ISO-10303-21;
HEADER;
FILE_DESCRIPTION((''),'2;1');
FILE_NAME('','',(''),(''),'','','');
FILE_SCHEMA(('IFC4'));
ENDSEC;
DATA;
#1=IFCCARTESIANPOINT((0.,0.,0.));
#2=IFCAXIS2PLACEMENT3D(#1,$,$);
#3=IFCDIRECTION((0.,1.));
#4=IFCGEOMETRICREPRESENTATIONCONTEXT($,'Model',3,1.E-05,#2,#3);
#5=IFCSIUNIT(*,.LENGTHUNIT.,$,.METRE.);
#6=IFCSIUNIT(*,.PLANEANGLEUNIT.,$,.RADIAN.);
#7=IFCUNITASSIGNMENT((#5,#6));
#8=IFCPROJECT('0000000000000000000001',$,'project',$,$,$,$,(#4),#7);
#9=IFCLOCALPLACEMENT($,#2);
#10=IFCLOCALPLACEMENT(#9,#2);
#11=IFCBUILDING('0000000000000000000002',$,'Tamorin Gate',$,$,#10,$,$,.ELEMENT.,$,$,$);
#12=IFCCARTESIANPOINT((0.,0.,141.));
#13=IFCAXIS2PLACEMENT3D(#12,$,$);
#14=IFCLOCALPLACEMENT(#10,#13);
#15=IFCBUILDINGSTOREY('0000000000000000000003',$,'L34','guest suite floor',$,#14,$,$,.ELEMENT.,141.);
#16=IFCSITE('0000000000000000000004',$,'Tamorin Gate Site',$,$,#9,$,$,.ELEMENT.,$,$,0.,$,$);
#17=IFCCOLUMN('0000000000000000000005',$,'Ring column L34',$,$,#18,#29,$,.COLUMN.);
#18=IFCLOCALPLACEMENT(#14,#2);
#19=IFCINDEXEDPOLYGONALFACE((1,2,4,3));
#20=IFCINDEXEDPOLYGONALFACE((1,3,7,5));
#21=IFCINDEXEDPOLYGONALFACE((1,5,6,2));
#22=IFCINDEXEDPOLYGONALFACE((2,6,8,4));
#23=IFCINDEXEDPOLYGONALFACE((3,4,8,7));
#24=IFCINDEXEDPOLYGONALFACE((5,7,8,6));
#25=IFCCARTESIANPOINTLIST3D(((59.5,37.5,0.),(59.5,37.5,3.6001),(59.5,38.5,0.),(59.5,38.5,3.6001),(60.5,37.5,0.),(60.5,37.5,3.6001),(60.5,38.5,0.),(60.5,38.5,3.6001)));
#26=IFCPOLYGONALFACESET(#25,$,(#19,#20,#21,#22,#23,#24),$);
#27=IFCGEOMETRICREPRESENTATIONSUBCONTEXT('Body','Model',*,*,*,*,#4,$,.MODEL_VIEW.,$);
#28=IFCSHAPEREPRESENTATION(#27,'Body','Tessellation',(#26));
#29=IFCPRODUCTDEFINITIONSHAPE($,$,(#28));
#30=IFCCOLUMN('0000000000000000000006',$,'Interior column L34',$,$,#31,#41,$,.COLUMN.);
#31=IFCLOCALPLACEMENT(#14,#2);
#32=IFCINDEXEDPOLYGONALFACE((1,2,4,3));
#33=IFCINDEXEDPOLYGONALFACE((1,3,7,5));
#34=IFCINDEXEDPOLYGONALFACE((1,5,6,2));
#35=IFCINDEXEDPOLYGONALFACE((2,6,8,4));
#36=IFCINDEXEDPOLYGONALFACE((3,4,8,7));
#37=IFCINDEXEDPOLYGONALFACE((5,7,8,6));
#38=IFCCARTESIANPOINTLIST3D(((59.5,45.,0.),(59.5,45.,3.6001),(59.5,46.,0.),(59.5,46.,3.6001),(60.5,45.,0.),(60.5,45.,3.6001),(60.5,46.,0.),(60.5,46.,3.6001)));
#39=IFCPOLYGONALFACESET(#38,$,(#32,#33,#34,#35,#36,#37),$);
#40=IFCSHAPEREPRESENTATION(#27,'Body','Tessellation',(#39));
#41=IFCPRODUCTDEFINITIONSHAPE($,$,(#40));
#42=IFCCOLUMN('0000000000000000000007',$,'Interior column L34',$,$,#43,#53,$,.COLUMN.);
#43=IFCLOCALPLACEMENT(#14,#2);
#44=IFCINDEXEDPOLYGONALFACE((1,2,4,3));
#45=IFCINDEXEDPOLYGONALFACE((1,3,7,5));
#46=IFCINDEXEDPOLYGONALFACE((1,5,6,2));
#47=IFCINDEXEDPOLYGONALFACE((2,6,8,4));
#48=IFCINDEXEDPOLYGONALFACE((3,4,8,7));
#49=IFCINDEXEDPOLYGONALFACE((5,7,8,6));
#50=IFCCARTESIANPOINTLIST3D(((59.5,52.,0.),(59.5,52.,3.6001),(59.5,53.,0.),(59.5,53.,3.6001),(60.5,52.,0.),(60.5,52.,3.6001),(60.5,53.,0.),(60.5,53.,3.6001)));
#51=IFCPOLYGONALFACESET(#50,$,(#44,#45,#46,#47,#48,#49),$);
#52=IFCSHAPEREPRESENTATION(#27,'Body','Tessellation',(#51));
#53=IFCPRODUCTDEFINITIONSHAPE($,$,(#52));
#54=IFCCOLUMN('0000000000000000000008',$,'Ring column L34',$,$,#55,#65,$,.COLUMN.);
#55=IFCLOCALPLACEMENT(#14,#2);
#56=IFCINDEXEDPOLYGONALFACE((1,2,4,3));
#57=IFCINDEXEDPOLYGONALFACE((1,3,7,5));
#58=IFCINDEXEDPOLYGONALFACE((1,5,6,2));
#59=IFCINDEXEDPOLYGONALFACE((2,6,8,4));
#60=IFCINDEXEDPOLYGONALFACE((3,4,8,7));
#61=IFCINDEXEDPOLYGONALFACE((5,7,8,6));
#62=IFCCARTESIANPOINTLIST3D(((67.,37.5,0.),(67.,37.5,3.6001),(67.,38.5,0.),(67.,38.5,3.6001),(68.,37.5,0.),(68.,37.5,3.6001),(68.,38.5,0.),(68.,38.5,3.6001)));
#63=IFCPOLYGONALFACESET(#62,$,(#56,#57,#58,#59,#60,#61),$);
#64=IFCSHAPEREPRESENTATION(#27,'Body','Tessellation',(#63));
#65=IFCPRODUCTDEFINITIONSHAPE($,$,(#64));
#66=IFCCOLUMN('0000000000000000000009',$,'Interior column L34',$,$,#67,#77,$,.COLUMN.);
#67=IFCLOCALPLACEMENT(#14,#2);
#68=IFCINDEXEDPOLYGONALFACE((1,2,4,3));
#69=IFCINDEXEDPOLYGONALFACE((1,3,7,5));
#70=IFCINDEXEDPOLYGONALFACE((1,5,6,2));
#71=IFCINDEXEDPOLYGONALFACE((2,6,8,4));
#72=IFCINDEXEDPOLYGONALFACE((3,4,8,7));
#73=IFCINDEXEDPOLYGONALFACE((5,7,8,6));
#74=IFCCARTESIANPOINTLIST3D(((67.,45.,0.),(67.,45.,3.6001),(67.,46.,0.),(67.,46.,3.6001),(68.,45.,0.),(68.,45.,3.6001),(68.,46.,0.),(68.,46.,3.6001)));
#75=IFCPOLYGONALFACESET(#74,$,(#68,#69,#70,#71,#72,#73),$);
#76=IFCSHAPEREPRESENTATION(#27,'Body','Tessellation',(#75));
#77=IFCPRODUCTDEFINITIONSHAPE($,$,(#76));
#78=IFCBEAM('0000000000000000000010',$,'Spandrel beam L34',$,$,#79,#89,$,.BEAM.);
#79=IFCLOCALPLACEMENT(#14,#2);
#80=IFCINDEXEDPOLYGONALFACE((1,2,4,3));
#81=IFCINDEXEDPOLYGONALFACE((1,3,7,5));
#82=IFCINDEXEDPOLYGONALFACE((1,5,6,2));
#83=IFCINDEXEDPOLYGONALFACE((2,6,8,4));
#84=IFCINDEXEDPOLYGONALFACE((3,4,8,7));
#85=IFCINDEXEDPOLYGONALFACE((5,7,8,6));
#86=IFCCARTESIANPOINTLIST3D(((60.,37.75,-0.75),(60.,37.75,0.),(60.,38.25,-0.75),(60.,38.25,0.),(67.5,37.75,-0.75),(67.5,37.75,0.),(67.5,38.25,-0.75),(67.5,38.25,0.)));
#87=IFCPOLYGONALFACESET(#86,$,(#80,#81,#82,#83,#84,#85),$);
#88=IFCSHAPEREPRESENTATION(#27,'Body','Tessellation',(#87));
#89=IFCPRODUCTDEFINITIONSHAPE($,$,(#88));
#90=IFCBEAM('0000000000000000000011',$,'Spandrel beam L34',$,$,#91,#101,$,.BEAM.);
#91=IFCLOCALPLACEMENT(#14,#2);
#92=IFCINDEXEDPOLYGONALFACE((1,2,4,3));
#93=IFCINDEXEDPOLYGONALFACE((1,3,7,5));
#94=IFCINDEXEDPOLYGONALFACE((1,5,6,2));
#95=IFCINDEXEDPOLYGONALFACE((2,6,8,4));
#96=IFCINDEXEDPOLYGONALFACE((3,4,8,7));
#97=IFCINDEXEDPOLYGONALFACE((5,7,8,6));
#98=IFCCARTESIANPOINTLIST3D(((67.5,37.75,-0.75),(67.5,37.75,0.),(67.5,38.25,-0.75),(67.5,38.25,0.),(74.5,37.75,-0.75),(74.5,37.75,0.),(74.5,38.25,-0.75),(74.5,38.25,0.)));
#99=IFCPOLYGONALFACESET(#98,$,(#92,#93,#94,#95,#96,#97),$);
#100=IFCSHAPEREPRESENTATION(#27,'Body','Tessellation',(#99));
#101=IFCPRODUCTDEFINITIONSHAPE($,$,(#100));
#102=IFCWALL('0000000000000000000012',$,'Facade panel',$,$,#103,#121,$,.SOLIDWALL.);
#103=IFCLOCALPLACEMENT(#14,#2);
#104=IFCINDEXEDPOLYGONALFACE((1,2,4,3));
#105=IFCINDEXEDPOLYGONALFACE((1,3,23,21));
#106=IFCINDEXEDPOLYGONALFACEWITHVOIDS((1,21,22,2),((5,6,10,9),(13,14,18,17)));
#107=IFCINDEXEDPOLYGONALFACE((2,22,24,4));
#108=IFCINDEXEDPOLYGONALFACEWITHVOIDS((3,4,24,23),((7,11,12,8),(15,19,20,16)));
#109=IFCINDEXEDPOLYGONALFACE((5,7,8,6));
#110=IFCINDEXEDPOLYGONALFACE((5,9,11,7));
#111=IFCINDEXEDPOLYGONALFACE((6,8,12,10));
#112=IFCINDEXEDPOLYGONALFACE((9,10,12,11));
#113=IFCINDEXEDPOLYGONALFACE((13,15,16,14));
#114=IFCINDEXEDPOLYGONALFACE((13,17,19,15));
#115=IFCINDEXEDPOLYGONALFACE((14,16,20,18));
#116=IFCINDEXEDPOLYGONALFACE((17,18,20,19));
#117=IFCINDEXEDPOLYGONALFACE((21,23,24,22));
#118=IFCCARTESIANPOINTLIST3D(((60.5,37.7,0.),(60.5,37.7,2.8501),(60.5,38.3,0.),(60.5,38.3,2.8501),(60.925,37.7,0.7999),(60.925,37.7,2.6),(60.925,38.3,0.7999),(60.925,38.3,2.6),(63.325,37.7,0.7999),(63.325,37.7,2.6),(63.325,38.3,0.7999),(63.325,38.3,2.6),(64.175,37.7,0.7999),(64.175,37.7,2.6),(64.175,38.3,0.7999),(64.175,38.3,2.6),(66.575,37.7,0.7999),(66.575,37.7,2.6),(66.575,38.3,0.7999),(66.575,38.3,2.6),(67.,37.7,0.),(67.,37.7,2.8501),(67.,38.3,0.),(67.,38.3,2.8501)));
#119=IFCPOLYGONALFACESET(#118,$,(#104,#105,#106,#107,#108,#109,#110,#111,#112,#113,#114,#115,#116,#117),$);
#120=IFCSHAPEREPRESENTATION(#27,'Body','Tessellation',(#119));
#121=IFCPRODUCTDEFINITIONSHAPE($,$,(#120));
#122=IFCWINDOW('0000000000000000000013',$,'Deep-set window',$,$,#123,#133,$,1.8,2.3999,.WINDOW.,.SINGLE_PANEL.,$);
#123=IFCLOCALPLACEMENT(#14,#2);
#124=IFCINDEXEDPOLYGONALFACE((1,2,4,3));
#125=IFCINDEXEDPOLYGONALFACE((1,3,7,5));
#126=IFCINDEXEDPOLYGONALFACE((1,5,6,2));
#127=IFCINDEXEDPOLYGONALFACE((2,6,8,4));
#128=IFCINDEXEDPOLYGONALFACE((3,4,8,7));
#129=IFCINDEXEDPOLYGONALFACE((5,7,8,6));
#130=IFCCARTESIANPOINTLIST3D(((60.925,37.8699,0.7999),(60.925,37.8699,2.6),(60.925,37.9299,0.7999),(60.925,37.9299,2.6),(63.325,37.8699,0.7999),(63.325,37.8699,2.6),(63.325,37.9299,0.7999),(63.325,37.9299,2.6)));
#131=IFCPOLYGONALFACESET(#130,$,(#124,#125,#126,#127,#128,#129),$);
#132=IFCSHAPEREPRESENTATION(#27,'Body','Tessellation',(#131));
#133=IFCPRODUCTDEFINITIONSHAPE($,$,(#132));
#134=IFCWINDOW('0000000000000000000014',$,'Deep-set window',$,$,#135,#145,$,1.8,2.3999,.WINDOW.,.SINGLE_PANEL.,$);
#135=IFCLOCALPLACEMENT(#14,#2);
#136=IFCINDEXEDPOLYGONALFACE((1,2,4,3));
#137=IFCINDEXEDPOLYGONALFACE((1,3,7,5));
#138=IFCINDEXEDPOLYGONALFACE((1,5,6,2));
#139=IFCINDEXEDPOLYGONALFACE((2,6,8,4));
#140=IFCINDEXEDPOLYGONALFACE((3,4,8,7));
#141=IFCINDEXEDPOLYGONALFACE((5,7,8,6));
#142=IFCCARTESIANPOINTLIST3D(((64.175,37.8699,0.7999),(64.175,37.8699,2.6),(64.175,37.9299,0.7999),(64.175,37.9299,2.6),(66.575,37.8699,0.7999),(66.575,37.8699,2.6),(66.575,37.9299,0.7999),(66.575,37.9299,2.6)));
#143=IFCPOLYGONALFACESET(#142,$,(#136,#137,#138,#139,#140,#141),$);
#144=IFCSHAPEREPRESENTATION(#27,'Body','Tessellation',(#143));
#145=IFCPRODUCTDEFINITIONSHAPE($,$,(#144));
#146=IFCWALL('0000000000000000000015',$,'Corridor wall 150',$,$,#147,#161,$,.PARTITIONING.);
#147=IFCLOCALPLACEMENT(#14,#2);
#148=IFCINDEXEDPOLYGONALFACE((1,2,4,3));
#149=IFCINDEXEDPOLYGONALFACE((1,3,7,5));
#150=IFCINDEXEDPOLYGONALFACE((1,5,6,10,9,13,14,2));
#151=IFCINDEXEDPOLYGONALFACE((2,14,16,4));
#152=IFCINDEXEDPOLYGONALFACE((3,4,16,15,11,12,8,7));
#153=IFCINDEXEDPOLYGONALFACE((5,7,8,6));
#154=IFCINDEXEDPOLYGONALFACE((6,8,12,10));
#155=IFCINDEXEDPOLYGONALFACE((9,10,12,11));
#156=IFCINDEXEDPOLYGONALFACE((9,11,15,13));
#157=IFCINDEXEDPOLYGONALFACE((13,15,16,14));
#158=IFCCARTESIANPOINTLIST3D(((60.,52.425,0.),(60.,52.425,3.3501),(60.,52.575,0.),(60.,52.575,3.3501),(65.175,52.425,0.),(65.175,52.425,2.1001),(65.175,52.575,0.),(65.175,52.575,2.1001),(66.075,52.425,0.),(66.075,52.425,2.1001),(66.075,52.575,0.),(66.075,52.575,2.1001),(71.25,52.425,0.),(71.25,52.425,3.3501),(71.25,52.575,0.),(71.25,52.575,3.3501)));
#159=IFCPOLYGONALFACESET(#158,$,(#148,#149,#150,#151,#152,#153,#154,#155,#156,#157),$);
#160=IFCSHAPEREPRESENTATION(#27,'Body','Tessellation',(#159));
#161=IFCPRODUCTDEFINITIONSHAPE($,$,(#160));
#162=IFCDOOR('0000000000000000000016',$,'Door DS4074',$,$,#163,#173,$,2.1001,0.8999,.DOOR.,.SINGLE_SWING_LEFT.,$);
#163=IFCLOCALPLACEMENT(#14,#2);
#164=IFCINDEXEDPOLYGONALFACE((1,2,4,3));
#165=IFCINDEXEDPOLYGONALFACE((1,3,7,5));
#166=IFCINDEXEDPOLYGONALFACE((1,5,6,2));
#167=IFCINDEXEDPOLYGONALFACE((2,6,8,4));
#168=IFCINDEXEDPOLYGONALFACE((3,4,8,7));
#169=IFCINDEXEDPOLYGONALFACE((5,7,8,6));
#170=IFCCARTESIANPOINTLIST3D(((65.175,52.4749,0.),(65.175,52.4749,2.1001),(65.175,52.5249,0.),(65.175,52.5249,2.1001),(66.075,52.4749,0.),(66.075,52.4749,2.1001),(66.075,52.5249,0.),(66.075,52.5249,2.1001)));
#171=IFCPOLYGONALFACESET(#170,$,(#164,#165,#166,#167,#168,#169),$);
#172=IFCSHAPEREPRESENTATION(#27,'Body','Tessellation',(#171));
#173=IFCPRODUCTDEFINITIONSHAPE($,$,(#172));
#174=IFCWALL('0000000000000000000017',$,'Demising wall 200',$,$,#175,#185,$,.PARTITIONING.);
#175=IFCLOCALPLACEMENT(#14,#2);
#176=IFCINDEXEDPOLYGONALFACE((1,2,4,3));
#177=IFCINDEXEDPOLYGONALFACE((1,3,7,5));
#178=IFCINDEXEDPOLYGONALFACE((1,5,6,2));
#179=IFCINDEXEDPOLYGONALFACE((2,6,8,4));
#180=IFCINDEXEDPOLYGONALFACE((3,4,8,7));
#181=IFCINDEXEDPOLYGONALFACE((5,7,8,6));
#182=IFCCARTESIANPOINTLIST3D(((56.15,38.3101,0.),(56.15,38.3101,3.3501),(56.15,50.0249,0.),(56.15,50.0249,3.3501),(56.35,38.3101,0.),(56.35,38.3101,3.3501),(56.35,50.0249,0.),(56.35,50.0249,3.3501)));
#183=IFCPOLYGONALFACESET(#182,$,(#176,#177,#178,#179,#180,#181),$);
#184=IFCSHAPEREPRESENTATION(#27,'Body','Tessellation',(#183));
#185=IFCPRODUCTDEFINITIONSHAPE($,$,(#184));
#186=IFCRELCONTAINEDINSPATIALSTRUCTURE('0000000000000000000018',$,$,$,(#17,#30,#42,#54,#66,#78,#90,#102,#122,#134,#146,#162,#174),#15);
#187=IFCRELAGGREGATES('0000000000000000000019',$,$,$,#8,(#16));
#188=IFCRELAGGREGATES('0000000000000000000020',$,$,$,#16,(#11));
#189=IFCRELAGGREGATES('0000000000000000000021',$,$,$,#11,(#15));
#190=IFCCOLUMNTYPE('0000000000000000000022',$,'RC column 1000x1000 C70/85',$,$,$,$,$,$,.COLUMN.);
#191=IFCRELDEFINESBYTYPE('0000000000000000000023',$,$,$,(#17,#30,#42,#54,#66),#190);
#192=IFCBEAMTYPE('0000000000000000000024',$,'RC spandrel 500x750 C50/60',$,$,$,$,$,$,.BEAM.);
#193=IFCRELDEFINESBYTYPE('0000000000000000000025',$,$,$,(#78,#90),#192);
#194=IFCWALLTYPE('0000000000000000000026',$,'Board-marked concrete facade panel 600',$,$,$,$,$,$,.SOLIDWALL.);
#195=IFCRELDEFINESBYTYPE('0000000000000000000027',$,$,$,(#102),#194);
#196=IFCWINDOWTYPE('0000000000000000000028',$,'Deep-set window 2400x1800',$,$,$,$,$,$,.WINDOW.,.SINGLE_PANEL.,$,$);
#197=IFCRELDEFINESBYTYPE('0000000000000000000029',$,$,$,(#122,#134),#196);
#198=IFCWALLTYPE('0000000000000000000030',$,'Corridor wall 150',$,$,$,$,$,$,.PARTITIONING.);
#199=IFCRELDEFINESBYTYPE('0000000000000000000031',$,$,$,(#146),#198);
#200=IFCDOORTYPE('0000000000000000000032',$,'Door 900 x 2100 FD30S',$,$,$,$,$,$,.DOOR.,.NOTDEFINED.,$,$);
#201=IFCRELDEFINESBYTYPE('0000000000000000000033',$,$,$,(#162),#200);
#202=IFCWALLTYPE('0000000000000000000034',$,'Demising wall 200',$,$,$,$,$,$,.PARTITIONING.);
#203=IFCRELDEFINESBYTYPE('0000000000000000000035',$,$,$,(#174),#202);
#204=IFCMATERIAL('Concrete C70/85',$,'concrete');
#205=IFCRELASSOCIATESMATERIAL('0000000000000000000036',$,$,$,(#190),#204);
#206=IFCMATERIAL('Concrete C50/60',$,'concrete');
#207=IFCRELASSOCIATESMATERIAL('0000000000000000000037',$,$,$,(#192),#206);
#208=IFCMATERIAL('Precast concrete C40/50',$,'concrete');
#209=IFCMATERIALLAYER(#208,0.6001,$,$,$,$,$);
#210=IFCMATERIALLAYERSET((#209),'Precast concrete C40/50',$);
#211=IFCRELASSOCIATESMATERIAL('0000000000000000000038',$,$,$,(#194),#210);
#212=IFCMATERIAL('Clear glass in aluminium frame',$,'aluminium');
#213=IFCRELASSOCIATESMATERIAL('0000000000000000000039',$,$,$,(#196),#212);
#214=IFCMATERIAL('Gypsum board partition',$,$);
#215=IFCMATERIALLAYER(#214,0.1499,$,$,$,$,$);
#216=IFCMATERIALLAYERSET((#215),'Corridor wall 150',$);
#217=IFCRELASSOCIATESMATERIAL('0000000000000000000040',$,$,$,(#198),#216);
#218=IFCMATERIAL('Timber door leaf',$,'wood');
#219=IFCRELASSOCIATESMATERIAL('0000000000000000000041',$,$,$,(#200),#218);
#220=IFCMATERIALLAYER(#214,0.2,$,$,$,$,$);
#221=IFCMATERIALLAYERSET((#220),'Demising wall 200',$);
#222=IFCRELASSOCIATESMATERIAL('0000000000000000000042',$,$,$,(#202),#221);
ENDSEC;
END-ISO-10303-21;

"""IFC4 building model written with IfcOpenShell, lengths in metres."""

from ifc_helpers import new_model, si_unit, direction, frame, frame_2d, origin, origin_2d, place, context, subcontext, project, spatial, rectangle, extrude, material, layer, layer_set, material_profile, profile_set, type_object, element, fill, save


model = new_model("IFC4")

# Units and contexts
model_context = context("Model", 3, precision=1e-05, world=origin(), true_north=direction((0.0, 1.0)))
body_context = subcontext(model_context, "Body", "Model", "MODEL_VIEW")
ifc_project = project(units=[si_unit("LENGTHUNIT", "METRE"), si_unit("PLANEANGLEUNIT", "RADIAN")], contexts=[model_context])

# Site, building, storey
site_placement = place(None, origin())
site = spatial("IfcSite", under=ifc_project, at=site_placement, Name="Tamorin Gate Site", CompositionType="ELEMENT", RefElevation=0.0)
building_placement = place(site_placement, origin())
building = spatial("IfcBuilding", under=site, at=building_placement, Name="Tamorin Gate", CompositionType="ELEMENT")
storey_placement = place(building_placement, frame((0.0, 0.0, 141.0)))
storey = spatial("IfcBuildingStorey", under=building, at=storey_placement, Name="L34", Description="guest suite floor", CompositionType="ELEMENT", Elevation=141.0)

# Columns
ifc_material_1 = material(Name="Concrete C70/85", Category="concrete")
ifc_material_profile_1 = material_profile(ifc_material_1, rectangle(XDim=1.0, YDim=1.0, at=origin_2d()), Name="RC 1000x1000")
ifc_profile_set_1 = profile_set([ifc_material_profile_1], Name="Concrete C70/85")
column_type = type_object("IfcColumnType", Name="RC column 1000x1000 C70/85", PredefinedType="COLUMN", material=ifc_profile_set_1)
for number, where, z_axis, x_axis, name in (
    (1, (60.0, 38.0, 0.0), (0.0, 0.0, 1.0), (1.0, 0.0, 0.0), "Ring column L34"),
    (2, (60.0, 45.5, 0.0), (0.0, 0.0, 1.0), (1.0, 0.0, 0.0), "Interior column L34"),
    (3, (60.0, 52.5, 0.0), (0.0, 0.0, 1.0), (1.0, 0.0, 0.0), "Interior column L34"),
    (4, (67.5, 38.0, 0.0), (0.0, 0.0, 1.0), (1.0, 0.0, 0.0), "Ring column L34"),
    (5, (67.5, 45.5, 0.0), (0.0, 0.0, 1.0), (1.0, 0.0, 0.0), "Interior column L34"),
):
    element("IfcColumn", number, at=place(storey_placement, frame(where, z_axis=z_axis, x_axis=x_axis)), inside=storey, type_object=column_type, Name=name, PredefinedType="COLUMN", context=body_context, shape_type="SweptSolid", body=[
        extrude(rectangle(XDim=1.0, YDim=1.0, at=origin_2d()), origin(), (0.0, 0.0, 1.0), 3.6001),
    ])

# Beams
ifc_material_2 = material(Name="Concrete C50/60", Category="concrete")
ifc_material_profile_2 = material_profile(ifc_material_2, rectangle(XDim=0.5, YDim=0.75, at=origin_2d()), Name="RC 500x750")
ifc_profile_set_2 = profile_set([ifc_material_profile_2], Name="Concrete C50/60")
beam_type = type_object("IfcBeamType", Name="RC spandrel 500x750 C50/60", PredefinedType="BEAM", material=ifc_profile_set_2)
beam_1_placement = place(storey_placement, frame((60.0, 38.0, -0.375), z_axis=(1.0, 0.0, 0.0), x_axis=(0.0, 1.0, 0.0)))
element("IfcBeam", 6, at=beam_1_placement, inside=storey, type_object=beam_type, Name="Spandrel beam L34", PredefinedType="BEAM", context=body_context, shape_type="SweptSolid", body=[
    extrude(rectangle(XDim=0.5, YDim=0.75, at=origin_2d()), origin(), (0.0, 0.0, 1.0), 7.5),
])
beam_2_placement = place(storey_placement, frame((67.5, 38.0, -0.375), z_axis=(1.0, 0.0, 0.0), x_axis=(0.0, 1.0, 0.0)))
element("IfcBeam", 7, at=beam_2_placement, inside=storey, type_object=beam_type, Name="Spandrel beam L34", PredefinedType="BEAM", context=body_context, shape_type="SweptSolid", body=[
    extrude(rectangle(XDim=0.5, YDim=0.75, at=origin_2d()), origin(), (0.0, 0.0, 1.0), 7.0),
])

# Wall, openings, windows
ifc_material_3 = material(Name="Precast concrete C40/50", Category="concrete")
ifc_layer_1 = layer(ifc_material_3, 0.6001)
ifc_layer_set_1 = layer_set([ifc_layer_1], Name="Precast concrete C40/50")
wall_type_1 = type_object("IfcWallType", Name="Board-marked concrete facade panel 600", PredefinedType="SOLIDWALL", material=ifc_layer_set_1)
wall_1_placement = place(storey_placement, frame((60.5, 38.0, 0.0), z_axis=(0.0, 0.0, 1.0), x_axis=(1.0, 0.0, 0.0)))
wall_1 = element("IfcWall", 8, at=wall_1_placement, inside=storey, type_object=wall_type_1, Name="Facade panel", PredefinedType="SOLIDWALL", context=body_context, shape_type="SweptSolid", body=[
    extrude(rectangle(XDim=6.5, YDim=0.6001, at=frame_2d((3.25, 0.0))), origin(), (0.0, 0.0, 1.0), 2.8501),
])
opening_1_placement = place(wall_1_placement, frame((0.425, 0.0, 0.8)))
opening_1 = element("IfcOpeningElement", 9, at=opening_1_placement, cuts=wall_1, PredefinedType="OPENING", context=body_context, shape_type="SweptSolid", body=[
    extrude(rectangle(XDim=2.3999, YDim=1.8, at=frame_2d((1.2, 0.8999))), frame((0.0, 0.3101, 0.0), z_axis=(0.0, -1.0, 0.0), x_axis=(1.0, 0.0, 0.0)), (0.0, 0.0, 1.0), 0.6201),
])
opening_2_placement = place(wall_1_placement, frame((3.675, 0.0, 0.8)))
opening_2 = element("IfcOpeningElement", 10, at=opening_2_placement, cuts=wall_1, PredefinedType="OPENING", context=body_context, shape_type="SweptSolid", body=[
    extrude(rectangle(XDim=2.3999, YDim=1.8, at=frame_2d((1.2, 0.8999))), frame((0.0, 0.3101, 0.0), z_axis=(0.0, -1.0, 0.0), x_axis=(1.0, 0.0, 0.0)), (0.0, 0.0, 1.0), 0.6201),
])
ifc_material_4 = material(Name="Clear glass in aluminium frame", Category="aluminium")
window_type = type_object("IfcWindowType", Name="Deep-set window 2400x1800", PartitioningType="SINGLE_PANEL", PredefinedType="WINDOW", material=ifc_material_4)
window_1_placement = place(opening_1_placement, origin())
window_1 = element("IfcWindow", 11, at=window_1_placement, inside=storey, type_object=window_type, Name="Deep-set window", OverallHeight=1.8, OverallWidth=2.3999, PartitioningType="SINGLE_PANEL", PredefinedType="WINDOW", context=body_context, shape_type="SweptSolid", body=[
    extrude(rectangle(XDim=2.3999, YDim=1.8, at=frame_2d((1.2, 0.8999))), frame((0.0, -0.0701, 0.0), z_axis=(0.0, -1.0, 0.0), x_axis=(1.0, 0.0, 0.0)), (0.0, 0.0, 1.0), 0.0601),
])
fill(opening_1, window_1)
window_2_placement = place(opening_2_placement, origin())
window_2 = element("IfcWindow", 12, at=window_2_placement, inside=storey, type_object=window_type, Name="Deep-set window", OverallHeight=1.8, OverallWidth=2.3999, PartitioningType="SINGLE_PANEL", PredefinedType="WINDOW", context=body_context, shape_type="SweptSolid", body=[
    extrude(rectangle(XDim=2.3999, YDim=1.8, at=frame_2d((1.2, 0.8999))), frame((0.0, -0.0701, 0.0), z_axis=(0.0, -1.0, 0.0), x_axis=(1.0, 0.0, 0.0)), (0.0, 0.0, 1.0), 0.0601),
])
fill(opening_2, window_2)

# Wall, opening, door
ifc_material_5 = material(Name="Gypsum board partition")
ifc_layer_2 = layer(ifc_material_5, 0.1499)
ifc_layer_set_2 = layer_set([ifc_layer_2], Name="Corridor wall 150")
wall_type_2 = type_object("IfcWallType", Name="Corridor wall 150", PredefinedType="PARTITIONING", material=ifc_layer_set_2)
wall_2_placement = place(storey_placement, frame((60.0, 52.5, 0.0), z_axis=(0.0, 0.0, 1.0), x_axis=(1.0, 0.0, 0.0)))
wall_2 = element("IfcWall", 13, at=wall_2_placement, inside=storey, type_object=wall_type_2, Name="Corridor wall 150", PredefinedType="PARTITIONING", context=body_context, shape_type="SweptSolid", body=[
    extrude(rectangle(XDim=11.25, YDim=0.1499, at=frame_2d((5.625, 0.0))), origin(), (0.0, 0.0, 1.0), 3.3501),
])
opening_3_placement = place(wall_2_placement, frame((5.175, 0.0, 0.0)))
opening_3 = element("IfcOpeningElement", 14, at=opening_3_placement, cuts=wall_2, PredefinedType="OPENING", context=body_context, shape_type="SweptSolid", body=[
    extrude(rectangle(XDim=0.8999, YDim=2.1001, at=frame_2d((0.45, 1.05))), frame((0.0, 0.085, 0.0), z_axis=(0.0, -1.0, 0.0), x_axis=(1.0, 0.0, 0.0)), (0.0, 0.0, 1.0), 0.1699),
])
ifc_material_6 = material(Name="Timber door leaf", Category="wood")
door_type_1 = type_object("IfcDoorType", Name="Door 900 x 2100 FD30S", OperationType="NOTDEFINED", PredefinedType="DOOR", material=ifc_material_6)
door_1_placement = place(opening_3_placement, origin())
door_1 = element("IfcDoor", 15, at=door_1_placement, inside=storey, type_object=door_type_1, Name="Door DS4074", OperationType="SINGLE_SWING_LEFT", OverallHeight=2.1001, OverallWidth=0.8999, PredefinedType="DOOR", context=body_context, shape_type="SweptSolid", body=[
    extrude(rectangle(XDim=0.8999, YDim=2.1001, at=frame_2d((0.45, 1.05))), frame((0.0, 0.0249, 0.0), z_axis=(0.0, -1.0, 0.0), x_axis=(1.0, 0.0, 0.0)), (0.0, 0.0, 1.0), 0.05),
])
fill(opening_3, door_1)

# Wall
ifc_layer_3 = layer(ifc_material_5, 0.2)
ifc_layer_set_3 = layer_set([ifc_layer_3], Name="Demising wall 200")
wall_type_3 = type_object("IfcWallType", Name="Demising wall 200", PredefinedType="PARTITIONING", material=ifc_layer_set_3)
for number, where, z_axis, x_axis, name in (
    (16, (56.25, 38.3101, 0.0), (0.0, 0.0, 1.0), (0.0, 1.0, 0.0), "Demising wall 200"),
):
    element("IfcWall", number, at=place(storey_placement, frame(where, z_axis=z_axis, x_axis=x_axis)), inside=storey, type_object=wall_type_3, Name=name, PredefinedType="PARTITIONING", context=body_context, shape_type="SweptSolid", body=[
        extrude(rectangle(XDim=11.7148, YDim=0.2, at=frame_2d((5.8574, 0.0))), origin(), (0.0, 0.0, 1.0), 3.3501),
    ])

save(model, "model.ifc")
